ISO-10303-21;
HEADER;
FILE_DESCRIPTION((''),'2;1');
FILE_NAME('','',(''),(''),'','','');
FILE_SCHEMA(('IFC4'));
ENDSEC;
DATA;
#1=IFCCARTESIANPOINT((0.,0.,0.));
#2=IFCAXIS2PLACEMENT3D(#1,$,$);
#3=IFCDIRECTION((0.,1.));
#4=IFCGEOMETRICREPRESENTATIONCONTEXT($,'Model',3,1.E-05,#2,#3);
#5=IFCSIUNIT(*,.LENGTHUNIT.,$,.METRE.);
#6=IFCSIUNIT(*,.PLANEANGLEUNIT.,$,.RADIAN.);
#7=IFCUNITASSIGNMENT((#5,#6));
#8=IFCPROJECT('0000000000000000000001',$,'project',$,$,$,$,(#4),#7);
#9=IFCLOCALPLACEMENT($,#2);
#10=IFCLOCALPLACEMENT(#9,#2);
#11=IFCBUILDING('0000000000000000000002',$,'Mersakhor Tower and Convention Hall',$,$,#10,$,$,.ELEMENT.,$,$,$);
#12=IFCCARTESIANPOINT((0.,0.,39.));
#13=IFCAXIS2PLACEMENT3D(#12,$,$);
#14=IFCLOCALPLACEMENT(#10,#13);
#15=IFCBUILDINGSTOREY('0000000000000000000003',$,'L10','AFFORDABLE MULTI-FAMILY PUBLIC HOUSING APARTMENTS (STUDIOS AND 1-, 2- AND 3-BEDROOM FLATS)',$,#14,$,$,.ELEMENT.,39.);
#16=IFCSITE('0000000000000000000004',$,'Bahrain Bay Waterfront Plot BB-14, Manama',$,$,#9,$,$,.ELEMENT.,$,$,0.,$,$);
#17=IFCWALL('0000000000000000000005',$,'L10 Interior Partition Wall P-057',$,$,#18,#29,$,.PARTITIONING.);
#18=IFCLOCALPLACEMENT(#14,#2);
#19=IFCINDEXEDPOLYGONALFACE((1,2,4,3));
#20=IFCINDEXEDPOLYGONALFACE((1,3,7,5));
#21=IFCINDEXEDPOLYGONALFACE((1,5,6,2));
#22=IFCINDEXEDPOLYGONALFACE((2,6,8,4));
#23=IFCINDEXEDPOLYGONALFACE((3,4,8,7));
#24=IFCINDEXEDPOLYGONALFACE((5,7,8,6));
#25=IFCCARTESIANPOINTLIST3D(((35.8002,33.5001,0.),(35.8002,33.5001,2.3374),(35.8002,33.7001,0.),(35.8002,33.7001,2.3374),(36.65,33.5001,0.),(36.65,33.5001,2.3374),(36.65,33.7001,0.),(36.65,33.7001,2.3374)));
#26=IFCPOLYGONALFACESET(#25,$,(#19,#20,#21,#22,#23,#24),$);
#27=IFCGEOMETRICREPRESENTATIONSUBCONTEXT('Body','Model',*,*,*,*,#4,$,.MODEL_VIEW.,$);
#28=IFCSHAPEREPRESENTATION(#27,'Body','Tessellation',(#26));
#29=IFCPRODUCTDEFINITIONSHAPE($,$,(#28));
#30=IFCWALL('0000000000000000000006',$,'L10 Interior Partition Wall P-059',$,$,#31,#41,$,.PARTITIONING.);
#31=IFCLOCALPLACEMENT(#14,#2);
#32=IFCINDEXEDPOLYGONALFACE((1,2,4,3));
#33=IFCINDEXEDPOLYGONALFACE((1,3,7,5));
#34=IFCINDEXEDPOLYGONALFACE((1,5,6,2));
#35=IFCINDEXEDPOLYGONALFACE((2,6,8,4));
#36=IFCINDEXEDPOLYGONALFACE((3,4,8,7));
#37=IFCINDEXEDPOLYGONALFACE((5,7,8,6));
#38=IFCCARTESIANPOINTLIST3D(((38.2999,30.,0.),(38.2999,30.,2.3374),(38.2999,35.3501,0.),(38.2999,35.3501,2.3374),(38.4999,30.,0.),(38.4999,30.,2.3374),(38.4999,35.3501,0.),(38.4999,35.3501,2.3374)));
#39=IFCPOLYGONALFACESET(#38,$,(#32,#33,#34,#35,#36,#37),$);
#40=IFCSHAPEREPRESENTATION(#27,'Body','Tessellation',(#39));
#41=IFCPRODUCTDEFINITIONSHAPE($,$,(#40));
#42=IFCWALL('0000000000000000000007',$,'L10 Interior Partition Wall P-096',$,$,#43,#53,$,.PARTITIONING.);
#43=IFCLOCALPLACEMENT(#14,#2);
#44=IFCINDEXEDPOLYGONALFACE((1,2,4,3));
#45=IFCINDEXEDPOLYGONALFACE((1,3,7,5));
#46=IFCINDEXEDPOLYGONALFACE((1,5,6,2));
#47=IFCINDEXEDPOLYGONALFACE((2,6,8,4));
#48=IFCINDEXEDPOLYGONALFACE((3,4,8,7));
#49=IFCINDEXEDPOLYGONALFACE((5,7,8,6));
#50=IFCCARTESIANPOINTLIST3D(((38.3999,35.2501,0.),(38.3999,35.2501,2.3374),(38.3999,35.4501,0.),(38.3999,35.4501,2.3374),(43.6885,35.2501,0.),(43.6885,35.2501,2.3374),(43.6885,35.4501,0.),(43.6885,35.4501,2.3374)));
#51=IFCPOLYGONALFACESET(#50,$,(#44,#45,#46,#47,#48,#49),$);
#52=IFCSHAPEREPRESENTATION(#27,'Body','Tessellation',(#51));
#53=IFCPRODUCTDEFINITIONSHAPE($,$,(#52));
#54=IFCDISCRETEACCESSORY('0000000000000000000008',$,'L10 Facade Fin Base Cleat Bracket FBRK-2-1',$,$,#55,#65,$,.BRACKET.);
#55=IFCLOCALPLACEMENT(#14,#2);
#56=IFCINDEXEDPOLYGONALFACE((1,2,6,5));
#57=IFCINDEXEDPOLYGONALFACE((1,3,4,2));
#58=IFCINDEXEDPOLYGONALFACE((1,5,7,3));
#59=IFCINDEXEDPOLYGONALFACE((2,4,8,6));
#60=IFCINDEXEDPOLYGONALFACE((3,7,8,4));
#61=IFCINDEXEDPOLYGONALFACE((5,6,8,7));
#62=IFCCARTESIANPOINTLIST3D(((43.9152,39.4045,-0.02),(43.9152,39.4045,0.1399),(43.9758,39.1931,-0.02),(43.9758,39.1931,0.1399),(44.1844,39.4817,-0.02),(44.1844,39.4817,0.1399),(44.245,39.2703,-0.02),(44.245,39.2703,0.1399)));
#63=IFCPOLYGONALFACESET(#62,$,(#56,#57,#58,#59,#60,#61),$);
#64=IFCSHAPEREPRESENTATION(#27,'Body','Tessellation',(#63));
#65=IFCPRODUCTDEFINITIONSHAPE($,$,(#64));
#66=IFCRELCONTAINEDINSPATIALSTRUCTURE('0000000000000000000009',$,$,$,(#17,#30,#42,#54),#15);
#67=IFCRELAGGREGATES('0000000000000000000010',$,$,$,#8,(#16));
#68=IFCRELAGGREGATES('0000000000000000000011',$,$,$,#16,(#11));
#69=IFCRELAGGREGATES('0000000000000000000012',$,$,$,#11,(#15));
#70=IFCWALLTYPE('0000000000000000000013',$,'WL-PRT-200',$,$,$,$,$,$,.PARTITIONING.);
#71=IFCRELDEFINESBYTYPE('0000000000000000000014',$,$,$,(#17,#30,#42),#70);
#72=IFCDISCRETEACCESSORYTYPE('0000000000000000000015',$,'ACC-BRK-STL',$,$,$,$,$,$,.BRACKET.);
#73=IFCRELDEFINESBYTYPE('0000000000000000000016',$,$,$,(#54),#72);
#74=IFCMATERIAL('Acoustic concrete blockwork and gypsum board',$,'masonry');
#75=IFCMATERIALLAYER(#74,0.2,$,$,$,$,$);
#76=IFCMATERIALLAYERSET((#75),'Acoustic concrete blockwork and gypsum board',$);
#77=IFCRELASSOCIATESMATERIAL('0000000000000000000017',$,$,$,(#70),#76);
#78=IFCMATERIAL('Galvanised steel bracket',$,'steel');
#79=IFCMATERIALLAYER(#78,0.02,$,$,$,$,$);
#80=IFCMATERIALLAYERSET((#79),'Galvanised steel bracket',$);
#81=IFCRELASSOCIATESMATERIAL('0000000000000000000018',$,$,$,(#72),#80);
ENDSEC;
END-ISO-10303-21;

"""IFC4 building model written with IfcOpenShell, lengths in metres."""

from ifc_helpers import new_model, si_unit, direction, frame, frame_2d, origin, origin_2d, place, context, subcontext, project, spatial, rectangle, extrude, material, layer, layer_set, type_object, element, save


model = new_model("IFC4")

# Units and contexts
model_context = context("Model", 3, precision=1e-05, world=origin(), true_north=direction((0.0, 1.0)))
body_context = subcontext(model_context, "Body", "Model", "MODEL_VIEW")
ifc_project = project(units=[si_unit("LENGTHUNIT", "METRE"), si_unit("PLANEANGLEUNIT", "RADIAN")], contexts=[model_context])

# Site, building, storey
site_placement = place(None, origin())
site = spatial("IfcSite", under=ifc_project, at=site_placement, Name="Bahrain Bay Waterfront Plot BB-14, Manama", CompositionType="ELEMENT", RefElevation=0.0)
building_placement = place(site_placement, origin())
building = spatial("IfcBuilding", under=site, at=building_placement, Name="Mersakhor Tower and Convention Hall", CompositionType="ELEMENT")
storey_placement = place(building_placement, frame((0.0, 0.0, 39.0)))
storey = spatial("IfcBuildingStorey", under=building, at=storey_placement, Name="L10", Description="AFFORDABLE MULTI-FAMILY PUBLIC HOUSING APARTMENTS (STUDIOS AND 1-, 2- AND 3-BEDROOM FLATS)", CompositionType="ELEMENT", Elevation=39.0)

# Walls
ifc_material_1 = material(Name="Acoustic concrete blockwork and gypsum board", Category="masonry")
ifc_layer_1 = layer(ifc_material_1, 0.2)
ifc_layer_set_1 = layer_set([ifc_layer_1], Name="Acoustic concrete blockwork and gypsum board")
wall_type_1 = type_object("IfcWallType", Name="WL-PRT-200", PredefinedType="PARTITIONING", material=ifc_layer_set_1)
wall_1_placement = place(storey_placement, frame((36.6499, 33.6001, 0.0), z_axis=(0.0, 0.0, 1.0), x_axis=(-1.0, 0.0, 0.0)))
element("IfcWall", 1, at=wall_1_placement, inside=storey, type_object=wall_type_1, Name="L10 Interior Partition Wall P-057", PredefinedType="PARTITIONING", context=body_context, shape_type="SweptSolid", body=[
    extrude(rectangle(XDim=0.8499, YDim=0.2, at=frame_2d((0.4248, 0.0))), origin(), (0.0, 0.0, 1.0), 2.3374),
])
wall_2_placement = place(storey_placement, frame((38.3999, 35.3501, 0.0), z_axis=(0.0, 0.0, 1.0), x_axis=(0.0, -1.0, 0.0)))
element("IfcWall", 2, at=wall_2_placement, inside=storey, type_object=wall_type_1, Name="L10 Interior Partition Wall P-059", PredefinedType="PARTITIONING", context=body_context, shape_type="SweptSolid", body=[
    extrude(rectangle(XDim=5.3501, YDim=0.2, at=frame_2d((2.675, 0.0))), origin(), (0.0, 0.0, 1.0), 2.3374),
])
wall_3_placement = place(storey_placement, frame((43.6885, 35.3501, 0.0), z_axis=(0.0, 0.0, 1.0), x_axis=(-1.0, 0.0, 0.0)))
element("IfcWall", 3, at=wall_3_placement, inside=storey, type_object=wall_type_1, Name="L10 Interior Partition Wall P-096", PredefinedType="PARTITIONING", context=body_context, shape_type="SweptSolid", body=[
    extrude(rectangle(XDim=5.2886, YDim=0.2, at=frame_2d((2.6443, 0.0))), origin(), (0.0, 0.0, 1.0), 2.3374),
])

# Discrete accessory
ifc_material_2 = material(Name="Galvanised steel bracket", Category="steel")
ifc_layer_2 = layer(ifc_material_2, 0.02)
ifc_layer_set_2 = layer_set([ifc_layer_2], Name="Galvanised steel bracket")
discrete_accessory_type = type_object("IfcDiscreteAccessoryType", Name="ACC-BRK-STL", PredefinedType="BRACKET", material=ifc_layer_set_2)
discrete_accessory_placement = place(storey_placement, frame((44.0801, 39.3374, -0.02), z_axis=(0.0, 0.0, 1.0), x_axis=(0.961262, 0.275637, 0.0)))
element("IfcDiscreteAccessory", 4, at=discrete_accessory_placement, inside=storey, type_object=discrete_accessory_type, Name="L10 Facade Fin Base Cleat Bracket FBRK-2-1", PredefinedType="BRACKET", context=body_context, shape_type="SweptSolid", body=[
    extrude(rectangle(XDim=0.28, YDim=0.22, at=origin_2d()), origin(), (0.0, 0.0, 1.0), 0.1599),
])

save(model, "model.ifc")
